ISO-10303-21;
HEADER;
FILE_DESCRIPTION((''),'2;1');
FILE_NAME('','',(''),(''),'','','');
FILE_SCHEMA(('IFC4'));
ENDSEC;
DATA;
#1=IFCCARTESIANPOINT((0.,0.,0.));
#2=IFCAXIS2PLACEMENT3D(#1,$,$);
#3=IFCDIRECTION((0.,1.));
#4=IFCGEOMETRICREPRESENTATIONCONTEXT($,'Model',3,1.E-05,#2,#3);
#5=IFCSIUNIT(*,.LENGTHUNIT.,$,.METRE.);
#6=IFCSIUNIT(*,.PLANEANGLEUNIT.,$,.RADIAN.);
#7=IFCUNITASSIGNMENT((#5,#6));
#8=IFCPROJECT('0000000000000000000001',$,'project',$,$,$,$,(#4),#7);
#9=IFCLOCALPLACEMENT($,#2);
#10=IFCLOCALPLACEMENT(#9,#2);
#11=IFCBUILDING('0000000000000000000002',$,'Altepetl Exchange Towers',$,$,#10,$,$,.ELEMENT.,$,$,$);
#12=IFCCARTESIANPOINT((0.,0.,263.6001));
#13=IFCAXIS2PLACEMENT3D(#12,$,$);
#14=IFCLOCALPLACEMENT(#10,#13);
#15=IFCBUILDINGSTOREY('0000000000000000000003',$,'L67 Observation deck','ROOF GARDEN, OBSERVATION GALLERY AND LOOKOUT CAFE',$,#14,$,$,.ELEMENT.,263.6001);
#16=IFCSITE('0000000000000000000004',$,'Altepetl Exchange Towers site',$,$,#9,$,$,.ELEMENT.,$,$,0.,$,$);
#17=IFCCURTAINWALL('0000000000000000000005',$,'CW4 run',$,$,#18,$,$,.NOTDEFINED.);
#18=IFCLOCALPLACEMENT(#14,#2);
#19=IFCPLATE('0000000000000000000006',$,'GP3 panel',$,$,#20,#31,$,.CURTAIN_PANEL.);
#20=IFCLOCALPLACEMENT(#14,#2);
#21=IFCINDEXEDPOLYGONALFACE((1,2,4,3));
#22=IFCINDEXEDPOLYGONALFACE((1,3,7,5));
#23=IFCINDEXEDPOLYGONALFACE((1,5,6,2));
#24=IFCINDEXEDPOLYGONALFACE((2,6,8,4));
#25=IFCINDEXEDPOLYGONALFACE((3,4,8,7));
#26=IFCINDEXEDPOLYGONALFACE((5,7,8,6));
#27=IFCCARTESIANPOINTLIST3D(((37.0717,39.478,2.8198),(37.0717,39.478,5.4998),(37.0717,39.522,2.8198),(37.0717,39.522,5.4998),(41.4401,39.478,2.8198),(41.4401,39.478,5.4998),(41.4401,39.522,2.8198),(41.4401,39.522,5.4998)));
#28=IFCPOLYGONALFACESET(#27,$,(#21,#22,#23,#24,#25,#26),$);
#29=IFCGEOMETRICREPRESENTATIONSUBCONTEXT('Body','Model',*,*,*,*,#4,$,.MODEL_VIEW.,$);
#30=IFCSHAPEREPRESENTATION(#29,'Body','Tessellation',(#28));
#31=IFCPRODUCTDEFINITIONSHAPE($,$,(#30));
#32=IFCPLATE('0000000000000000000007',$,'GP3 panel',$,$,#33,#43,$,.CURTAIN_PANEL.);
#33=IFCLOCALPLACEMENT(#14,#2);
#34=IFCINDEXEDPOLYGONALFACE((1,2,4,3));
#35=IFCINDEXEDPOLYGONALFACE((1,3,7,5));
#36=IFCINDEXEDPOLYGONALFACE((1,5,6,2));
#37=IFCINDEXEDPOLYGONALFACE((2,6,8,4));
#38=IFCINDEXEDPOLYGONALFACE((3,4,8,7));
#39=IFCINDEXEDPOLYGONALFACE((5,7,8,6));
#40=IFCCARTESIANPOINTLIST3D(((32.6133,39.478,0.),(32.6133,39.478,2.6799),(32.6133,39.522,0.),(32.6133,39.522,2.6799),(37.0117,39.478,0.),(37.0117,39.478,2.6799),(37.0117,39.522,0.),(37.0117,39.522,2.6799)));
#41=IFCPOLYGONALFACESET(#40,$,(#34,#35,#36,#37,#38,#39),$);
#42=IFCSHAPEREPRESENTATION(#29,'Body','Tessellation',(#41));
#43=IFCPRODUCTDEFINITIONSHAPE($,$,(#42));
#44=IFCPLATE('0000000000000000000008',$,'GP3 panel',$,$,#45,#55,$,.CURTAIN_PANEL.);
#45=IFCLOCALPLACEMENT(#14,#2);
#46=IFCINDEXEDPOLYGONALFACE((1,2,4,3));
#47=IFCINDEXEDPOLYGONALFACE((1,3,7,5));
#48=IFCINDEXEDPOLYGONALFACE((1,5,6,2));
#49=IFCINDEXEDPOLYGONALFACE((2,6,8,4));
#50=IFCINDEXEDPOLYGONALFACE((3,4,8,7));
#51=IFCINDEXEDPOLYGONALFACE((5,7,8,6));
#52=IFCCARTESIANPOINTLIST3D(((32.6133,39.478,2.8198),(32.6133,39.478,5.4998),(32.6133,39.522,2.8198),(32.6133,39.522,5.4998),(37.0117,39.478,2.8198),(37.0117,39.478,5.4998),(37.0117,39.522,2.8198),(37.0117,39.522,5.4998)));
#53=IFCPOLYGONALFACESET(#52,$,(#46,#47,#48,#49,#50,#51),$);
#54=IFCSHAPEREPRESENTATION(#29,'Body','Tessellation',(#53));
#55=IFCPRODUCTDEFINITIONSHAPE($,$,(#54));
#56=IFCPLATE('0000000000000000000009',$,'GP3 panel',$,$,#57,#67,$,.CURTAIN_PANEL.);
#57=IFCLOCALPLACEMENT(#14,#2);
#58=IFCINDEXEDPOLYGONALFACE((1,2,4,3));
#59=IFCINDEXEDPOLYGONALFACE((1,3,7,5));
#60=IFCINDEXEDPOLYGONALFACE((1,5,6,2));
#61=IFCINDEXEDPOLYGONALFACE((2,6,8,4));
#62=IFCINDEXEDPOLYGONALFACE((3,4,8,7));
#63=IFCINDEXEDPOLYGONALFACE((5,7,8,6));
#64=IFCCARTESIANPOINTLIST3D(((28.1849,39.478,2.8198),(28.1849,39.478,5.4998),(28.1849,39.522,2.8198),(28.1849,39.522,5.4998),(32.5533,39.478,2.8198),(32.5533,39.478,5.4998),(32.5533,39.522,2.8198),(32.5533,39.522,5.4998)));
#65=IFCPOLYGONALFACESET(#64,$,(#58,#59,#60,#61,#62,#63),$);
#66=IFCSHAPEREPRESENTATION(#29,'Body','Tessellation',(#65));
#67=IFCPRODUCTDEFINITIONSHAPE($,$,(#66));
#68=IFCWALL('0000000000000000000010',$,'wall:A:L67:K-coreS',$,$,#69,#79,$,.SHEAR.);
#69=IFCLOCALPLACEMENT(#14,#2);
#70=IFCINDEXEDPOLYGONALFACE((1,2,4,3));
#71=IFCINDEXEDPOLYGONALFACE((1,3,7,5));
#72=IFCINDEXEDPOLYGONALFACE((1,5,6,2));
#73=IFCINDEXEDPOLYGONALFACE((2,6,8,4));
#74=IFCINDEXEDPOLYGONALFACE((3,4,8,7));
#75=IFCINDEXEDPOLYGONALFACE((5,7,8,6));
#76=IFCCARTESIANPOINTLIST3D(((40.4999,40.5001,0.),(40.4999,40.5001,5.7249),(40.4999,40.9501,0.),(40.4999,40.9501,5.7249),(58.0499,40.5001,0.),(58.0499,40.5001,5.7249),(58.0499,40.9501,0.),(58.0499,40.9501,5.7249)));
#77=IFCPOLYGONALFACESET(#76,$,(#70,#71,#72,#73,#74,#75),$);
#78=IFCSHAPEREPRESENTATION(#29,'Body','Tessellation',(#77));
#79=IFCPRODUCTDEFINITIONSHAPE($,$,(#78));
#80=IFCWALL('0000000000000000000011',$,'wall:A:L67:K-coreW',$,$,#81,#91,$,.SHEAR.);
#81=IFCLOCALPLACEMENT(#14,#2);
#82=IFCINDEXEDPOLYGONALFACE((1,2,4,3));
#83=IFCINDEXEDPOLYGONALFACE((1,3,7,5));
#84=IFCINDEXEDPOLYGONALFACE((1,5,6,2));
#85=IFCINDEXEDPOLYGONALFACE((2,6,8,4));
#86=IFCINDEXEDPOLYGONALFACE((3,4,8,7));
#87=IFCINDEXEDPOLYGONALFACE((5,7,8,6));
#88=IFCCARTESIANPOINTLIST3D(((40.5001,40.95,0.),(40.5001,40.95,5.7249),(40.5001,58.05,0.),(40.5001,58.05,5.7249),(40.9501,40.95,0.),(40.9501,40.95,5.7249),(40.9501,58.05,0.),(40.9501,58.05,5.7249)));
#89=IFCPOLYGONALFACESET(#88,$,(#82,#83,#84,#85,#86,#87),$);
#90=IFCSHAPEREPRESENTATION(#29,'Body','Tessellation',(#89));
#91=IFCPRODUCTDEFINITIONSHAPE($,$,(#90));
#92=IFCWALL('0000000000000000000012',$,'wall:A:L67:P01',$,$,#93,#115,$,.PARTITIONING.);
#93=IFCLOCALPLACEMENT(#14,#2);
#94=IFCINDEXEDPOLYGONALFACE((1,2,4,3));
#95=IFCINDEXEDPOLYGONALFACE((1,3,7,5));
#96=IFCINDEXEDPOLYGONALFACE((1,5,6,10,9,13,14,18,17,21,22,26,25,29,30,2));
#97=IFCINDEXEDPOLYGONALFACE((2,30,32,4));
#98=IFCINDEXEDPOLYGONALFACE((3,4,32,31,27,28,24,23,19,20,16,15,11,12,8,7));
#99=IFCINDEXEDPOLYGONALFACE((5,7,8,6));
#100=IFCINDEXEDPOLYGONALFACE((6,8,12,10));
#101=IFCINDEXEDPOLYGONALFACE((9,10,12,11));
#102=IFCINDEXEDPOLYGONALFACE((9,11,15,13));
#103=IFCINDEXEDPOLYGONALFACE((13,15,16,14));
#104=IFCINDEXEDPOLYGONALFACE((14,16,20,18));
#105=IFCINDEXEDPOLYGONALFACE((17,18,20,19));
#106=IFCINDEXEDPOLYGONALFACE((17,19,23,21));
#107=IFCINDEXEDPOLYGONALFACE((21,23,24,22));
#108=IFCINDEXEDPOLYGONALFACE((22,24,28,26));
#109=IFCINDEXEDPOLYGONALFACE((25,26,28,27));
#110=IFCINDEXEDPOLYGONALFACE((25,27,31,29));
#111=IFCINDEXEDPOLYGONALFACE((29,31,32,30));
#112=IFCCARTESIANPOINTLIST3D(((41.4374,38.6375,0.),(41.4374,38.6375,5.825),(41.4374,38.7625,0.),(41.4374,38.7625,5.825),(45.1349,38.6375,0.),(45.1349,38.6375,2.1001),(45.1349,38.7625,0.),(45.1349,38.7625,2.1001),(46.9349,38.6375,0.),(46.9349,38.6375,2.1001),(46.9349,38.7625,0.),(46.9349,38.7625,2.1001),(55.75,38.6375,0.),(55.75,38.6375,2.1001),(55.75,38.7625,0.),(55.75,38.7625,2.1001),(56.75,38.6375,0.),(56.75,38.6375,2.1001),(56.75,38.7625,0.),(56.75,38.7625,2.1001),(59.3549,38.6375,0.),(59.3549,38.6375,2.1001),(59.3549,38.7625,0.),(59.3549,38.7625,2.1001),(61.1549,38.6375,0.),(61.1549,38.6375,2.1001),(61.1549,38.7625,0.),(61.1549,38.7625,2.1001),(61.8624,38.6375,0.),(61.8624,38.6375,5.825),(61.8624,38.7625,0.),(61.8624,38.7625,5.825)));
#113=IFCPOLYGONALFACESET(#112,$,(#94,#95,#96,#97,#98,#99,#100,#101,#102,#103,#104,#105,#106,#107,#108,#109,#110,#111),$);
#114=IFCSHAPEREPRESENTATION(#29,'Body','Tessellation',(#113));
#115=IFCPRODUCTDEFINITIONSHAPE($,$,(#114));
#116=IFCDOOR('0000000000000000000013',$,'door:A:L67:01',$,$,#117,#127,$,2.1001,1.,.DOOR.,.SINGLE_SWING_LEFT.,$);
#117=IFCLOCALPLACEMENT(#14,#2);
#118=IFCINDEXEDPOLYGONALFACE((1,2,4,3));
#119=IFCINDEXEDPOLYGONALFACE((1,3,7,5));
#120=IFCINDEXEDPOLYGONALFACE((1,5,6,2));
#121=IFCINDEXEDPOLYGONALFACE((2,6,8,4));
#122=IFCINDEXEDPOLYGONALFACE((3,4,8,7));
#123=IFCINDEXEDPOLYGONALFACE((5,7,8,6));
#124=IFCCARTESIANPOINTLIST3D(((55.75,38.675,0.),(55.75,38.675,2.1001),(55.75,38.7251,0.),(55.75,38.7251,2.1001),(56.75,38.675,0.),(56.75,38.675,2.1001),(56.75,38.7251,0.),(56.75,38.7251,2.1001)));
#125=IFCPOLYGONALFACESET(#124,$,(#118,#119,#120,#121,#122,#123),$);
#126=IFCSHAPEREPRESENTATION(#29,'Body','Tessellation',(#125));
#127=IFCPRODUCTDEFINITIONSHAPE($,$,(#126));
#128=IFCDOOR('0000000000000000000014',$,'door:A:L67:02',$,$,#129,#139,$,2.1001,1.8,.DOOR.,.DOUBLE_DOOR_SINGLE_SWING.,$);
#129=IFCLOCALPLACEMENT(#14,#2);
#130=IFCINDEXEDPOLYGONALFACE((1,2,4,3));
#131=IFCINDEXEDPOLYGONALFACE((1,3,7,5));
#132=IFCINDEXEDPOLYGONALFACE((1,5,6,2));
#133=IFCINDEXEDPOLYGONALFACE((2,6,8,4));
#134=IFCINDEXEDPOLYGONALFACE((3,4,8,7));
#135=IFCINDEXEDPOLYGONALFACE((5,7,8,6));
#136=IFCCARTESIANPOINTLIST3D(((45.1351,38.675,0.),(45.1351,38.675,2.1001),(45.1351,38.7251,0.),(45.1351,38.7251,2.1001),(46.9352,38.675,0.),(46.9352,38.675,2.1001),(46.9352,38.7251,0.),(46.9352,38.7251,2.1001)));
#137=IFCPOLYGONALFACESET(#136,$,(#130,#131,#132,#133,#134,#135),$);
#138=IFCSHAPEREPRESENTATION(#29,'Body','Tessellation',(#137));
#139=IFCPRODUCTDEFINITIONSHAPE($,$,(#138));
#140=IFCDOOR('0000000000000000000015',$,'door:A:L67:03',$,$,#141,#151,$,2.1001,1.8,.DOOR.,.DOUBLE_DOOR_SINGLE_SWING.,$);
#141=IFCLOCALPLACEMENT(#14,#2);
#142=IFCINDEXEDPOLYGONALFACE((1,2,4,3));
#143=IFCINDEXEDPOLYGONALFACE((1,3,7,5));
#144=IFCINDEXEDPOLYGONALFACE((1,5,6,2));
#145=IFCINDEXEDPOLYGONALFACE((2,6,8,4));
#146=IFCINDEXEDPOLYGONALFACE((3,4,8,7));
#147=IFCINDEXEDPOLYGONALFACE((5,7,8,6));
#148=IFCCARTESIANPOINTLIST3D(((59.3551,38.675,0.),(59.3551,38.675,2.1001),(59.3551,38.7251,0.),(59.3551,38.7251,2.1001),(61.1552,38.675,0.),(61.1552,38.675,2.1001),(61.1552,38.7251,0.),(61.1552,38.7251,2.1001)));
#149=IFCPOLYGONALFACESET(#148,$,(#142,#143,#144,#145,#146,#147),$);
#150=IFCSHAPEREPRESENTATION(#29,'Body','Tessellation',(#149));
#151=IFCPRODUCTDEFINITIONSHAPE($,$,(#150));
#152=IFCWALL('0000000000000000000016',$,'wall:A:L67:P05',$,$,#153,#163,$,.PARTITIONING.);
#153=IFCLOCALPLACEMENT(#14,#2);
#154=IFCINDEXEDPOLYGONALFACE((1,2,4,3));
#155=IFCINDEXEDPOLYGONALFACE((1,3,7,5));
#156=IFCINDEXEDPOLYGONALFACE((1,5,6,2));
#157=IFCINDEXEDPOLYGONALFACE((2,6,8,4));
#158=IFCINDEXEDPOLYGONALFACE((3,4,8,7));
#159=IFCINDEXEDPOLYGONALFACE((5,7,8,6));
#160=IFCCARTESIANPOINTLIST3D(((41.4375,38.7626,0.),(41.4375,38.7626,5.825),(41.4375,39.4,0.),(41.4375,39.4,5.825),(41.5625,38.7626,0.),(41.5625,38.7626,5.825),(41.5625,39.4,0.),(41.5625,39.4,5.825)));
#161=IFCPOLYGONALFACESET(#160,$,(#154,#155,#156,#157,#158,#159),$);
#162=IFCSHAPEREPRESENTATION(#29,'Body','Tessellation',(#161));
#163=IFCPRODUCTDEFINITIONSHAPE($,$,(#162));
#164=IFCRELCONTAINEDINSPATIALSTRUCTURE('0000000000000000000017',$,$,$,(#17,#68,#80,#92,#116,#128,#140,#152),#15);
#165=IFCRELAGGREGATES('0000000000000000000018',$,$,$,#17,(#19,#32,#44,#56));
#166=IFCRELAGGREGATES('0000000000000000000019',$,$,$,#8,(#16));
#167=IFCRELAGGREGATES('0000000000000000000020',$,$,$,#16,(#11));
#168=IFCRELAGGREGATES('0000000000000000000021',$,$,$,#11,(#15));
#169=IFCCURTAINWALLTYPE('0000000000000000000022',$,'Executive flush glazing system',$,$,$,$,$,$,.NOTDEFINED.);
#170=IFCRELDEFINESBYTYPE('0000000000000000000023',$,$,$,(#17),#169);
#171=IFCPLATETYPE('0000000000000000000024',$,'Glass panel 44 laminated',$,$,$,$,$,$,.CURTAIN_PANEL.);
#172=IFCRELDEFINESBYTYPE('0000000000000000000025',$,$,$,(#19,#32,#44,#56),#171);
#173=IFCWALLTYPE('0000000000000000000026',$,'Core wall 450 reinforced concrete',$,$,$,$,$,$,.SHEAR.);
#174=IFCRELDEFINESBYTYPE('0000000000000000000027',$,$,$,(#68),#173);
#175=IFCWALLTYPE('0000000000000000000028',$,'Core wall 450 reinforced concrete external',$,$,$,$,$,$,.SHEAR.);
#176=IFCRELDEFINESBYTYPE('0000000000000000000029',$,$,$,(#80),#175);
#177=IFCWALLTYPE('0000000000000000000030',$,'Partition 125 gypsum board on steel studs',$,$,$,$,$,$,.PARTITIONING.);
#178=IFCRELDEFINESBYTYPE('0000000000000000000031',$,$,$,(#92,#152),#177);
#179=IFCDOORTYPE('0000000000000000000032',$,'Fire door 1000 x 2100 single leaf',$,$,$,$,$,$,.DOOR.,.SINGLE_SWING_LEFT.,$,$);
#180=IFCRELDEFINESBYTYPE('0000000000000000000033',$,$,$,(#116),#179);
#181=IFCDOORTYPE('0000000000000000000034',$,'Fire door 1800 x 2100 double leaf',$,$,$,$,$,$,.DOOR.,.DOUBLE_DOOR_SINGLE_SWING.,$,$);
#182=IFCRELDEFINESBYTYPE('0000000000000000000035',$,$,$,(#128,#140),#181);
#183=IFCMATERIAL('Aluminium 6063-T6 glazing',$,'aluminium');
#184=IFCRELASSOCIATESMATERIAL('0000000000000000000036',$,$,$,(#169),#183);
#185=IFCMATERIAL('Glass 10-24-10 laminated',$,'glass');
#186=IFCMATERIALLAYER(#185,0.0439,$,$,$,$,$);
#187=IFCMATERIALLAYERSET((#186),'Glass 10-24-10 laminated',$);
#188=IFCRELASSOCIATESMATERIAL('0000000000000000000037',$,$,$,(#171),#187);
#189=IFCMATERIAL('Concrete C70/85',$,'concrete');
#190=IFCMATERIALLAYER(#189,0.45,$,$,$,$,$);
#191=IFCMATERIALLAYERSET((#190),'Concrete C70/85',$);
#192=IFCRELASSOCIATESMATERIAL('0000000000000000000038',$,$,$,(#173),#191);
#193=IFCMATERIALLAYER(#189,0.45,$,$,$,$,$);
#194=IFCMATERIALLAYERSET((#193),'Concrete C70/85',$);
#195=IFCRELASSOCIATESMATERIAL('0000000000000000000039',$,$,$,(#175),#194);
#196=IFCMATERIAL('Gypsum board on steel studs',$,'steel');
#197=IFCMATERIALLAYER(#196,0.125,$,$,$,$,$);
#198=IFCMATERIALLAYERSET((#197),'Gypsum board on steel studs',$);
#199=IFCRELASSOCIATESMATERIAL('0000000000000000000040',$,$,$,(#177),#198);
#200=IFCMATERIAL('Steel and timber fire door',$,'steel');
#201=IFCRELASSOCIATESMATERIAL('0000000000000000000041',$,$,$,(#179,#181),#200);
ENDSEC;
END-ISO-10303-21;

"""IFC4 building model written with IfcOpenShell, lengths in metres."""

from ifc_helpers import new_model, si_unit, direction, frame, frame_2d, origin, origin_2d, place, context, subcontext, project, spatial, rectangle, extrude, material, layer, layer_set, type_object, element, fill, aggregate, save


model = new_model("IFC4")

# Units and contexts
model_context = context("Model", 3, precision=1e-05, world=origin(), true_north=direction((0.0, 1.0)))
body_context = subcontext(model_context, "Body", "Model", "MODEL_VIEW")
ifc_project = project(units=[si_unit("LENGTHUNIT", "METRE"), si_unit("PLANEANGLEUNIT", "RADIAN")], contexts=[model_context])

# Site, building, storey
site_placement = place(None, origin())
site = spatial("IfcSite", under=ifc_project, at=site_placement, Name="Altepetl Exchange Towers site", CompositionType="ELEMENT", RefElevation=0.0)
building_placement = place(site_placement, origin())
building = spatial("IfcBuilding", under=site, at=building_placement, Name="Altepetl Exchange Towers", CompositionType="ELEMENT")
storey_placement = place(building_placement, frame((0.0, 0.0, 263.6001)))
storey = spatial("IfcBuildingStorey", under=building, at=storey_placement, Name="L67 Observation deck", Description="ROOF GARDEN, OBSERVATION GALLERY AND LOOKOUT CAFE", CompositionType="ELEMENT", Elevation=263.6001)

# Curtain wall
ifc_material_1 = material(Name="Aluminium 6063-T6 glazing", Category="aluminium")
curtain_wall_type = type_object("IfcCurtainWallType", Name="Executive flush glazing system", PredefinedType="NOTDEFINED", material=ifc_material_1)
curtain_wall_placement = place(storey_placement, origin())
curtain_wall = element("IfcCurtainWall", 1, at=curtain_wall_placement, inside=storey, type_object=curtain_wall_type, Name="CW4 run", PredefinedType="NOTDEFINED")

# Plates
ifc_material_2 = material(Name="Glass 10-24-10 laminated", Category="glass")
ifc_layer_1 = layer(ifc_material_2, 0.0439)
ifc_layer_set_1 = layer_set([ifc_layer_1], Name="Glass 10-24-10 laminated")
plate_type = type_object("IfcPlateType", Name="Glass panel 44 laminated", PredefinedType="CURTAIN_PANEL", material=ifc_layer_set_1)
plate_1_placement = place(storey_placement, frame((39.2559, 39.5, 2.8198), z_axis=(0.0, 0.0, 1.0), x_axis=(-1.0, 0.0, 0.0)))
plate_1 = element("IfcPlate", 2, at=plate_1_placement, type_object=plate_type, Name="GP3 panel", PredefinedType="CURTAIN_PANEL", context=body_context, shape_type="SweptSolid", body=[
    extrude(rectangle(XDim=4.3684, YDim=0.0439, at=origin_2d()), origin(), (0.0, 0.0, 1.0), 2.6799),
])
plate_2_placement = place(storey_placement, frame((34.8125, 39.5, 0.0), z_axis=(0.0, 0.0, 1.0), x_axis=(-1.0, 0.0, 0.0)))
plate_2 = element("IfcPlate", 3, at=plate_2_placement, type_object=plate_type, Name="GP3 panel", PredefinedType="CURTAIN_PANEL", context=body_context, shape_type="SweptSolid", body=[
    extrude(rectangle(XDim=4.3984, YDim=0.0439, at=origin_2d()), origin(), (0.0, 0.0, 1.0), 2.6799),
])
plate_3_placement = place(storey_placement, frame((34.8125, 39.5, 2.8198), z_axis=(0.0, 0.0, 1.0), x_axis=(-1.0, 0.0, 0.0)))
plate_3 = element("IfcPlate", 4, at=plate_3_placement, type_object=plate_type, Name="GP3 panel", PredefinedType="CURTAIN_PANEL", context=body_context, shape_type="SweptSolid", body=[
    extrude(rectangle(XDim=4.3984, YDim=0.0439, at=origin_2d()), origin(), (0.0, 0.0, 1.0), 2.6799),
])
plate_4_placement = place(storey_placement, frame((30.3691, 39.5, 2.8198), z_axis=(0.0, 0.0, 1.0), x_axis=(-1.0, 0.0, 0.0)))
plate_4 = element("IfcPlate", 5, at=plate_4_placement, type_object=plate_type, Name="GP3 panel", PredefinedType="CURTAIN_PANEL", context=body_context, shape_type="SweptSolid", body=[
    extrude(rectangle(XDim=4.3684, YDim=0.0439, at=origin_2d()), origin(), (0.0, 0.0, 1.0), 2.6799),
])
aggregate(curtain_wall, [plate_1, plate_2, plate_3, plate_4])

# Walls
ifc_material_3 = material(Name="Concrete C70/85", Category="concrete")
ifc_layer_2 = layer(ifc_material_3, 0.45)
ifc_layer_set_2 = layer_set([ifc_layer_2], Name="Concrete C70/85")
wall_type_1 = type_object("IfcWallType", Name="Core wall 450 reinforced concrete", PredefinedType="SHEAR", material=ifc_layer_set_2)
wall_1_placement = place(storey_placement, frame((40.5, 40.7251, 0.0)))
element("IfcWall", 6, at=wall_1_placement, inside=storey, type_object=wall_type_1, Name="wall:A:L67:K-coreS", PredefinedType="SHEAR", context=body_context, shape_type="SweptSolid", body=[
    extrude(rectangle(XDim=17.55, YDim=0.45, at=frame_2d((8.7749, 0.0))), origin(), (0.0, 0.0, 1.0), 5.7249),
])
ifc_layer_3 = layer(ifc_material_3, 0.45)
ifc_layer_set_3 = layer_set([ifc_layer_3], Name="Concrete C70/85")
wall_type_2 = type_object("IfcWallType", Name="Core wall 450 reinforced concrete external", PredefinedType="SHEAR", material=ifc_layer_set_3)
wall_2_placement = place(storey_placement, frame((40.7251, 40.95, 0.0), z_axis=(0.0, 0.0, 1.0), x_axis=(0.0, 1.0, 0.0)))
element("IfcWall", 7, at=wall_2_placement, inside=storey, type_object=wall_type_2, Name="wall:A:L67:K-coreW", PredefinedType="SHEAR", context=body_context, shape_type="SweptSolid", body=[
    extrude(rectangle(XDim=17.1001, YDim=0.45, at=frame_2d((8.55, 0.0))), origin(), (0.0, 0.0, 1.0), 5.7249),
])

# Wall, openings, doors
ifc_material_4 = material(Name="Gypsum board on steel studs", Category="steel")
ifc_layer_4 = layer(ifc_material_4, 0.125)
ifc_layer_set_4 = layer_set([ifc_layer_4], Name="Gypsum board on steel studs")
wall_type_3 = type_object("IfcWallType", Name="Partition 125 gypsum board on steel studs", PredefinedType="PARTITIONING", material=ifc_layer_set_4)
wall_3_placement = place(storey_placement, frame((41.4375, 38.7, 0.0)))
wall_3 = element("IfcWall", 8, at=wall_3_placement, inside=storey, type_object=wall_type_3, Name="wall:A:L67:P01", PredefinedType="PARTITIONING", context=body_context, shape_type="SweptSolid", body=[
    extrude(rectangle(XDim=20.425, YDim=0.125, at=frame_2d((10.2124, 0.0))), origin(), (0.0, 0.0, 1.0), 5.825),
])
opening_1_placement = place(wall_3_placement, frame((14.3125, 0.0, 0.0)))
opening_1 = element("IfcOpeningElement", 9, at=opening_1_placement, cuts=wall_3, PredefinedType="OPENING", context=body_context, shape_type="SweptSolid", body=[
    extrude(rectangle(XDim=1.0, YDim=2.1001, at=frame_2d((0.5, 1.05))), frame((0.0, 0.0725, 0.0), z_axis=(0.0, -1.0, 0.0), x_axis=(1.0, 0.0, 0.0)), (0.0, 0.0, 1.0), 0.145),
])
opening_2_placement = place(wall_3_placement, frame((3.6975, 0.0, 0.0)))
opening_2 = element("IfcOpeningElement", 10, at=opening_2_placement, cuts=wall_3, PredefinedType="OPENING", context=body_context, shape_type="SweptSolid", body=[
    extrude(rectangle(XDim=1.8, YDim=2.1001, at=frame_2d((0.8999, 1.05))), frame((0.0, 0.0725, 0.0), z_axis=(0.0, -1.0, 0.0), x_axis=(1.0, 0.0, 0.0)), (0.0, 0.0, 1.0), 0.145),
])
opening_3_placement = place(wall_3_placement, frame((17.9175, 0.0, 0.0)))
opening_3 = element("IfcOpeningElement", 11, at=opening_3_placement, cuts=wall_3, PredefinedType="OPENING", context=body_context, shape_type="SweptSolid", body=[
    extrude(rectangle(XDim=1.8, YDim=2.1001, at=frame_2d((0.8999, 1.05))), frame((0.0, 0.0725, 0.0), z_axis=(0.0, -1.0, 0.0), x_axis=(1.0, 0.0, 0.0)), (0.0, 0.0, 1.0), 0.145),
])
ifc_material_5 = material(Name="Steel and timber fire door", Category="steel")
door_type_1 = type_object("IfcDoorType", Name="Fire door 1000 x 2100 single leaf", OperationType="SINGLE_SWING_LEFT", PredefinedType="DOOR", material=ifc_material_5)
door_1_placement = place(opening_1_placement, frame((1.0, 0.0, 0.0), x_axis=(-1.0, 0.0, 0.0)))
door_1 = element("IfcDoor", 12, at=door_1_placement, inside=storey, type_object=door_type_1, Name="door:A:L67:01", OperationType="SINGLE_SWING_LEFT", OverallHeight=2.1001, OverallWidth=1.0, PredefinedType="DOOR", context=body_context, shape_type="SweptSolid", body=[
    extrude(rectangle(XDim=1.0, YDim=2.1001, at=frame_2d((0.5, 1.05))), frame((0.0, 0.0249, 0.0), z_axis=(0.0, -1.0, 0.0), x_axis=(1.0, 0.0, 0.0)), (0.0, 0.0, 1.0), 0.05),
])
fill(opening_1, door_1)
door_type_2 = type_object("IfcDoorType", Name="Fire door 1800 x 2100 double leaf", OperationType="DOUBLE_DOOR_SINGLE_SWING", PredefinedType="DOOR", material=ifc_material_5)
door_2_placement = place(opening_2_placement, frame((1.8, 0.0, 0.0), x_axis=(-1.0, 0.0, 0.0)))
door_2 = element("IfcDoor", 13, at=door_2_placement, inside=storey, type_object=door_type_2, Name="door:A:L67:02", OperationType="DOUBLE_DOOR_SINGLE_SWING", OverallHeight=2.1001, OverallWidth=1.8, PredefinedType="DOOR", context=body_context, shape_type="SweptSolid", body=[
    extrude(rectangle(XDim=1.8, YDim=2.1001, at=frame_2d((0.8999, 1.05))), frame((0.0, 0.0249, 0.0), z_axis=(0.0, -1.0, 0.0), x_axis=(1.0, 0.0, 0.0)), (0.0, 0.0, 1.0), 0.05),
])
fill(opening_2, door_2)
door_3_placement = place(opening_3_placement, frame((1.8, 0.0, 0.0), x_axis=(-1.0, 0.0, 0.0)))
door_3 = element("IfcDoor", 14, at=door_3_placement, inside=storey, type_object=door_type_2, Name="door:A:L67:03", OperationType="DOUBLE_DOOR_SINGLE_SWING", OverallHeight=2.1001, OverallWidth=1.8, PredefinedType="DOOR", context=body_context, shape_type="SweptSolid", body=[
    extrude(rectangle(XDim=1.8, YDim=2.1001, at=frame_2d((0.8999, 1.05))), frame((0.0, 0.0249, 0.0), z_axis=(0.0, -1.0, 0.0), x_axis=(1.0, 0.0, 0.0)), (0.0, 0.0, 1.0), 0.05),
])
fill(opening_3, door_3)

# Wall
wall_4_placement = place(storey_placement, frame((41.5, 38.7625, 0.0), z_axis=(0.0, 0.0, 1.0), x_axis=(0.0, 1.0, 0.0)))
element("IfcWall", 15, at=wall_4_placement, inside=storey, type_object=wall_type_3, Name="wall:A:L67:P05", PredefinedType="PARTITIONING", context=body_context, shape_type="SweptSolid", body=[
    extrude(rectangle(XDim=0.6375, YDim=0.125, at=frame_2d((0.3188, 0.0))), origin(), (0.0, 0.0, 1.0), 5.825),
])

save(model, "model.ifc")
